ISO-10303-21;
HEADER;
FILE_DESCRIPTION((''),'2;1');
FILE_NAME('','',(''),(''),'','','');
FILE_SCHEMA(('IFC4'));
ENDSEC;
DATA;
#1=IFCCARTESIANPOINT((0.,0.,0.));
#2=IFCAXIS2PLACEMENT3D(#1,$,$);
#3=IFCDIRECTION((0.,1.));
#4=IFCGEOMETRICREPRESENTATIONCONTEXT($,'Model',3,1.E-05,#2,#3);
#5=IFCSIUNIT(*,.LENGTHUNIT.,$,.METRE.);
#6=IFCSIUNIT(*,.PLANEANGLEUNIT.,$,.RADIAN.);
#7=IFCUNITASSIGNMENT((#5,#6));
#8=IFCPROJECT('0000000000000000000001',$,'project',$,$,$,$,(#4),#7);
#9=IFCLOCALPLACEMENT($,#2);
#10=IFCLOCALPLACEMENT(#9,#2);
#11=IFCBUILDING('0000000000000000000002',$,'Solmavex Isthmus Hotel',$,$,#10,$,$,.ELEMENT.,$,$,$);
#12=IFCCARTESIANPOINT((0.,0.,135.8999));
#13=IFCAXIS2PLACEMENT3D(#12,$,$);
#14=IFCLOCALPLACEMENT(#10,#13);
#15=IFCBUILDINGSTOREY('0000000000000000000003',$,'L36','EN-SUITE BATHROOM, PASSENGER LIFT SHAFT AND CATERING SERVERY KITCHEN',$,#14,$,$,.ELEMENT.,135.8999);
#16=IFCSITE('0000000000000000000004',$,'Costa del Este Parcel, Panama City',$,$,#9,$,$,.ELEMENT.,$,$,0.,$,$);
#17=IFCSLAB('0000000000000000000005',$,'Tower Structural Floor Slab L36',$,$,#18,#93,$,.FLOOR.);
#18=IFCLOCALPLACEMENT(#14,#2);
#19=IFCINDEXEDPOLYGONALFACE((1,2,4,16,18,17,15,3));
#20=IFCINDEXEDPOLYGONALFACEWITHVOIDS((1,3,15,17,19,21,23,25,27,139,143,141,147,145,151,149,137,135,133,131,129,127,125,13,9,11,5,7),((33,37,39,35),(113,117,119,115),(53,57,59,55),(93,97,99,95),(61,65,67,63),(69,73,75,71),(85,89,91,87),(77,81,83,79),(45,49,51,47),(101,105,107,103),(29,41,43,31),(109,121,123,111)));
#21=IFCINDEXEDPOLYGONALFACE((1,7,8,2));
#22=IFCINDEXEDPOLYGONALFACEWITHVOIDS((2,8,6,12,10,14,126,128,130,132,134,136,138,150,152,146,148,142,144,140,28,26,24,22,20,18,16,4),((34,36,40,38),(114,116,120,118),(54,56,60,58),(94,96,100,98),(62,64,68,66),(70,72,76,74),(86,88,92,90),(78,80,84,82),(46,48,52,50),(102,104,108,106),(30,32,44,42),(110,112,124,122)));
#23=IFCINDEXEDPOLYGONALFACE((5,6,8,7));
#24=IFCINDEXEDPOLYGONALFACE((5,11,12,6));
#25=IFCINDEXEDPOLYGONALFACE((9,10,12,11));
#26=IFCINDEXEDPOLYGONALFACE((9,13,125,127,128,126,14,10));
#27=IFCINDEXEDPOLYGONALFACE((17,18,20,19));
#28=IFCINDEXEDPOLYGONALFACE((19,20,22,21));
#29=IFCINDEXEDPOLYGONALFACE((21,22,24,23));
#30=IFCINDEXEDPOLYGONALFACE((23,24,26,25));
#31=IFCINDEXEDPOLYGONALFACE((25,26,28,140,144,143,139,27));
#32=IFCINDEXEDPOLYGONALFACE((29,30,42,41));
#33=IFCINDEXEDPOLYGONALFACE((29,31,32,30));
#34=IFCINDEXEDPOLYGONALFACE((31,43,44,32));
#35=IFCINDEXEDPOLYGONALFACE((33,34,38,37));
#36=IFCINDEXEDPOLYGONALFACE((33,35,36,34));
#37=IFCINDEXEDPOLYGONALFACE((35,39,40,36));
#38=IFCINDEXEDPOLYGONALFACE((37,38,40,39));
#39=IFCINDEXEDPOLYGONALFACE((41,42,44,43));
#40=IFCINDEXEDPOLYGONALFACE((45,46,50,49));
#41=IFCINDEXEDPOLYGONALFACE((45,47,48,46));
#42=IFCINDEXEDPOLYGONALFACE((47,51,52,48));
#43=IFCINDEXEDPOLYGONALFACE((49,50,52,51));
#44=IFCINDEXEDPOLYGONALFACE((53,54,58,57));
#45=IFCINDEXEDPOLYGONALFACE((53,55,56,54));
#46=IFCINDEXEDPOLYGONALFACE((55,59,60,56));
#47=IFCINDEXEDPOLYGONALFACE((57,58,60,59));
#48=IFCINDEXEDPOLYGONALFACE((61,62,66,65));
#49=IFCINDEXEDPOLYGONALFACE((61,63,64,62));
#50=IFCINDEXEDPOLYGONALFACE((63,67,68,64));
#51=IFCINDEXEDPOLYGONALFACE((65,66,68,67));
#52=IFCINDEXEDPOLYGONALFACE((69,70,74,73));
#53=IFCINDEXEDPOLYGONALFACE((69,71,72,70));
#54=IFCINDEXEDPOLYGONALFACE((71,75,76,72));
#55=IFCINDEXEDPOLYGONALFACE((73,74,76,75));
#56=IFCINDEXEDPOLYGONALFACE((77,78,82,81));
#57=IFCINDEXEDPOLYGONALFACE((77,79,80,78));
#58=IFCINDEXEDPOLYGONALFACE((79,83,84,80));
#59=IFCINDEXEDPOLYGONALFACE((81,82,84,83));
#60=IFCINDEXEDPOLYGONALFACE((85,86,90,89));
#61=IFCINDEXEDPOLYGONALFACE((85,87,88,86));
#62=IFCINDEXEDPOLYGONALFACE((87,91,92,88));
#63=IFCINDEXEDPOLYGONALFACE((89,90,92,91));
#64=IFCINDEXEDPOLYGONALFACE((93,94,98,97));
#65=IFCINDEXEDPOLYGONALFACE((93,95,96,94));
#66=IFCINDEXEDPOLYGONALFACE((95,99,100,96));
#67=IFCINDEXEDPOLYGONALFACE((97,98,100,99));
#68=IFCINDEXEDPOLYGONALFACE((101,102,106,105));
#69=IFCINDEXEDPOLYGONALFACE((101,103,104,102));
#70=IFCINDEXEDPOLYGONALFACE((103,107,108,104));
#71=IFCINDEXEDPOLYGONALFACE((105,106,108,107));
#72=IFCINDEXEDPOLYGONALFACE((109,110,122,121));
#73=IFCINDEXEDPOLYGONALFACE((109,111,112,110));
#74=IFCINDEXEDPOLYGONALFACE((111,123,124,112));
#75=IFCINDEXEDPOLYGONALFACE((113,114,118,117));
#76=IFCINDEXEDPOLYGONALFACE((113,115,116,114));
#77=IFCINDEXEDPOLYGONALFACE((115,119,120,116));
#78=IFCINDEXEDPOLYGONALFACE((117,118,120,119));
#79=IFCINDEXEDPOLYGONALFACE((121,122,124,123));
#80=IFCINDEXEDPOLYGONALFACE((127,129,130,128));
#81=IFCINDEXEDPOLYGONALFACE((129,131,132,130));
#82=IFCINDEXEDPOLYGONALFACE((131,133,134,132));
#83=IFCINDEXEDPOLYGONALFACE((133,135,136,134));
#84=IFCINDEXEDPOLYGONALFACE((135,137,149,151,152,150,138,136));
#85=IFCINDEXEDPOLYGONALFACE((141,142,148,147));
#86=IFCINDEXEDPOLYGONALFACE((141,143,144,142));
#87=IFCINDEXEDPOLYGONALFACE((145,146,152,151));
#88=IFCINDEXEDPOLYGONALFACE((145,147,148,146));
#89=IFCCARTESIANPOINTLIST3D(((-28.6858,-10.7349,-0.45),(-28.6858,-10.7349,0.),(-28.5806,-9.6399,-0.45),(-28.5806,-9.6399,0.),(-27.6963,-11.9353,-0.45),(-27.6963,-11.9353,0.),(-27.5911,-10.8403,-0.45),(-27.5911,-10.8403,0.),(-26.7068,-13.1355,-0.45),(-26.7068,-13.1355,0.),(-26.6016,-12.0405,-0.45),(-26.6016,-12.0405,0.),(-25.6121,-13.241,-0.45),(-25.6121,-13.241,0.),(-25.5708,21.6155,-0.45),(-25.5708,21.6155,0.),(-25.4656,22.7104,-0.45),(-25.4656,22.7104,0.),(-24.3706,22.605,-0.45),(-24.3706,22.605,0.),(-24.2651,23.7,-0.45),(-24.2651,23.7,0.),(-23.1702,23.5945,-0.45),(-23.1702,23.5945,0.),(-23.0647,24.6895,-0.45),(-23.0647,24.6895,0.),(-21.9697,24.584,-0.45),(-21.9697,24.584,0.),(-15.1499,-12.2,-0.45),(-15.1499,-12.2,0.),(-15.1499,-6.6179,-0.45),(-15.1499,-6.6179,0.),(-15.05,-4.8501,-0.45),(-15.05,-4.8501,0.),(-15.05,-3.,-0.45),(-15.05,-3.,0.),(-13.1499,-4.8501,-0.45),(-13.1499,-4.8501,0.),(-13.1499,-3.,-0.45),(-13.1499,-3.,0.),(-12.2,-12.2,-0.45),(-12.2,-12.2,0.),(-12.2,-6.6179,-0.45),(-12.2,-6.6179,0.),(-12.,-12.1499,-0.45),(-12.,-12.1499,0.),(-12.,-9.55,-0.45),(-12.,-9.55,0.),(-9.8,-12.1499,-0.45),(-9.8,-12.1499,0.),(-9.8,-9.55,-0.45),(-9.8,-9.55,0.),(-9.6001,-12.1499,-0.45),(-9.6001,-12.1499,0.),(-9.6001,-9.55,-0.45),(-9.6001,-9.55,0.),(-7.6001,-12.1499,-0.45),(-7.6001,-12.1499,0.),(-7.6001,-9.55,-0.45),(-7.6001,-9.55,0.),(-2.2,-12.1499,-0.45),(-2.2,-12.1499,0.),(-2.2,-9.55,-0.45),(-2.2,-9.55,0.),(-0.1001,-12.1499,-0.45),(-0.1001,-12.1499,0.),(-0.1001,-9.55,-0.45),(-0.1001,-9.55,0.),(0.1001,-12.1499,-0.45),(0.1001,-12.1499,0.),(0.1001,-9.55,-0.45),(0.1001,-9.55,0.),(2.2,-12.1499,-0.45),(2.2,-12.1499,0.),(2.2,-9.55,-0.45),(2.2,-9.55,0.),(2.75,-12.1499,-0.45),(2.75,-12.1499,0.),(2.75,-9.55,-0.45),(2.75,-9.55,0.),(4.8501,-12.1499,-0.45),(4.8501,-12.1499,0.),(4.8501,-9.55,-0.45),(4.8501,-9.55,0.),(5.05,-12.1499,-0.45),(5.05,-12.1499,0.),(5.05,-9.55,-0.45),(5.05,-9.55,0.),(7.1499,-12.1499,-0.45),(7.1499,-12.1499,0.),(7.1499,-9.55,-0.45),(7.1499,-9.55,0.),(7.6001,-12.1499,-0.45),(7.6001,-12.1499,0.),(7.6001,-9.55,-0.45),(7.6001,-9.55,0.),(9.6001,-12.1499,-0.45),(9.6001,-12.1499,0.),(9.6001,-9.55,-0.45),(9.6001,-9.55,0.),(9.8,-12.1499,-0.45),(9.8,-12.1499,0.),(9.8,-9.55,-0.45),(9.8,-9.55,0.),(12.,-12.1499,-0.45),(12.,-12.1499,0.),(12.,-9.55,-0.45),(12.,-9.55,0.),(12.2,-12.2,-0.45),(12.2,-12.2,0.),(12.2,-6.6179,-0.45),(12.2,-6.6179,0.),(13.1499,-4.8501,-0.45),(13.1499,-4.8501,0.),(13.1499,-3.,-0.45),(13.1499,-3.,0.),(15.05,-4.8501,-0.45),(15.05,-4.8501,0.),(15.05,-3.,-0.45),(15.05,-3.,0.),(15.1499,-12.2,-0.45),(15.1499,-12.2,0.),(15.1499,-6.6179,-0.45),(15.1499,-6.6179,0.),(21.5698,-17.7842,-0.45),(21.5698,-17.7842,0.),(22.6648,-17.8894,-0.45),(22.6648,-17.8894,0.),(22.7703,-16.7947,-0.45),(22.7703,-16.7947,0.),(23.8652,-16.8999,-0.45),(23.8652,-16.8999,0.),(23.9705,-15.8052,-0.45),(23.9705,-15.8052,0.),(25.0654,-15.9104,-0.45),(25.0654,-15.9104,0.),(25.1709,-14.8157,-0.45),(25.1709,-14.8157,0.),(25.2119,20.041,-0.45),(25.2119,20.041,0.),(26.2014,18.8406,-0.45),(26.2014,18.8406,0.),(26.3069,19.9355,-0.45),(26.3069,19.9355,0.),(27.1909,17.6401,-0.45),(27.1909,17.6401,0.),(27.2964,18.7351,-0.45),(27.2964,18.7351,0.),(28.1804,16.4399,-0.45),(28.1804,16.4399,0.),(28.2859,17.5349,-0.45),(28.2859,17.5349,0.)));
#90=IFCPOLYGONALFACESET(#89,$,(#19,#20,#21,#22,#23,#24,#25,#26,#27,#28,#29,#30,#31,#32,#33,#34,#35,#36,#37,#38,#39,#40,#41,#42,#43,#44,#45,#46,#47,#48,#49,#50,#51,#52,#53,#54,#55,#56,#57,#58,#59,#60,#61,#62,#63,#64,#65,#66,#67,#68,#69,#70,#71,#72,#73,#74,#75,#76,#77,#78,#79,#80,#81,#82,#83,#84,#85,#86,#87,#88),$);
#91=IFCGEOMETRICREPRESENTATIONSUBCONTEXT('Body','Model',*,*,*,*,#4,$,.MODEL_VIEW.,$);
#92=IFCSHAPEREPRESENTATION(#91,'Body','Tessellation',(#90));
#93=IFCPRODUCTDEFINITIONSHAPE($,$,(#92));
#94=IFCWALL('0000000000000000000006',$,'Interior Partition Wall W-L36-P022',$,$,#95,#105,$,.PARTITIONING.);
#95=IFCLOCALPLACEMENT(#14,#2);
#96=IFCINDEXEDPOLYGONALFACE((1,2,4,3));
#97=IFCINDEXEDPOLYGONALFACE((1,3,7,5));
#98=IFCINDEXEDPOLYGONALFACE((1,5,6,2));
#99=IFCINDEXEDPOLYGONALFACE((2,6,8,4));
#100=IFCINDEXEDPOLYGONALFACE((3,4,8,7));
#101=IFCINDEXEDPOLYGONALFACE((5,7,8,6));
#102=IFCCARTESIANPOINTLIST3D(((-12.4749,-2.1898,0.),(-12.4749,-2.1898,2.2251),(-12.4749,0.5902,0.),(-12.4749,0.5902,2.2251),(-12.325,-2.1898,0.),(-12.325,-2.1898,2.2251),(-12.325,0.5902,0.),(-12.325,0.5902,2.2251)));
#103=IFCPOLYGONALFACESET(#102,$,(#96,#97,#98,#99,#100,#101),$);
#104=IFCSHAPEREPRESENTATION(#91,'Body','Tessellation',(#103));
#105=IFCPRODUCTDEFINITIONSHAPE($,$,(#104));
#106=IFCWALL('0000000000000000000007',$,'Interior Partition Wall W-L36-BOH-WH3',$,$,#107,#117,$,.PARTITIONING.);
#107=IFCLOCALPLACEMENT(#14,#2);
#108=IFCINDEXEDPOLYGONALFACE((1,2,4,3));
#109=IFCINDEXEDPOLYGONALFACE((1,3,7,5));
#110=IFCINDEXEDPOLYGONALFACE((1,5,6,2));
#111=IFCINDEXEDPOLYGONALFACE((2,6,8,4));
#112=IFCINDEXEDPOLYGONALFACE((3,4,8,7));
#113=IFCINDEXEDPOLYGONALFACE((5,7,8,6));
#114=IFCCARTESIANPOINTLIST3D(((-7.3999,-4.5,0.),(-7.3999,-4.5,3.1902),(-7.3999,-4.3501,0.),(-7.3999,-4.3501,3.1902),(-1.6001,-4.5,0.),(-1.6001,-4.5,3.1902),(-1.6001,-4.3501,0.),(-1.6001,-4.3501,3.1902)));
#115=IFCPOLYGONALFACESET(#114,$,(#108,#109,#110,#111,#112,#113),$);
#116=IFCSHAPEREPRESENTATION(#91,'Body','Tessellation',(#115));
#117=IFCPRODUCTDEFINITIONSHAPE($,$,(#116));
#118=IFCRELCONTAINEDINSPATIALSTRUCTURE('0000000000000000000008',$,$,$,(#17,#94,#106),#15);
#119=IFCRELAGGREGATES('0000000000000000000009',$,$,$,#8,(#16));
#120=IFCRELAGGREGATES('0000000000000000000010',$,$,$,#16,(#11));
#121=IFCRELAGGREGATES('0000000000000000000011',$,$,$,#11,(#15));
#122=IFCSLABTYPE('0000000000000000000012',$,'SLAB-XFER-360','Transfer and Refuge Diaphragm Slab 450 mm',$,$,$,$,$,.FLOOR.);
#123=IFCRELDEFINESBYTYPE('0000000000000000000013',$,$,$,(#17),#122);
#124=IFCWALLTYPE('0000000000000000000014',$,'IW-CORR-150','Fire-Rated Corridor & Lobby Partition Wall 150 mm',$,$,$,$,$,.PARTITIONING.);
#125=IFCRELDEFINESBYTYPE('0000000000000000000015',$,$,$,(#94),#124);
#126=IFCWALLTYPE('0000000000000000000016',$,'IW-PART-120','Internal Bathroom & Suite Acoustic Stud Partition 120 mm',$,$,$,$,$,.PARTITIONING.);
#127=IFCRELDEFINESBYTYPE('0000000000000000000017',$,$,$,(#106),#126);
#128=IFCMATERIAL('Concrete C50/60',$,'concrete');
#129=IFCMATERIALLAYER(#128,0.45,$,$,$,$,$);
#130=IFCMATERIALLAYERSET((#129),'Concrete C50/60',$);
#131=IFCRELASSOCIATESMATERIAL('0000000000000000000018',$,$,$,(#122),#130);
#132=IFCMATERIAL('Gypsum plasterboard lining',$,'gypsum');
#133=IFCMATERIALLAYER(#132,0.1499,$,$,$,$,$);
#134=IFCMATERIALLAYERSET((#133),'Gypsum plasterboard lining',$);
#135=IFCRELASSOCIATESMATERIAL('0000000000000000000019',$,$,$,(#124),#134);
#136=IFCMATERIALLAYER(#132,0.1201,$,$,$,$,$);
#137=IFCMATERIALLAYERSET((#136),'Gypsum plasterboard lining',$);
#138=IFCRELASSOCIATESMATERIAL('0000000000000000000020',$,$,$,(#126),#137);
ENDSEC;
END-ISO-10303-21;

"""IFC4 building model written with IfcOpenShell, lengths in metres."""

from ifc_helpers import new_model, si_unit, direction, frame, frame_2d, origin, place, context, subcontext, project, spatial, polyline, rectangle, outline, extrude, material, layer, layer_set, type_object, element, save


model = new_model("IFC4")

# Units and contexts
model_context = context("Model", 3, precision=1e-05, world=origin(), true_north=direction((0.0, 1.0)))
body_context = subcontext(model_context, "Body", "Model", "MODEL_VIEW")
ifc_project = project(units=[si_unit("LENGTHUNIT", "METRE"), si_unit("PLANEANGLEUNIT", "RADIAN")], contexts=[model_context])

# Site, building, storey
site_placement = place(None, origin())
site = spatial("IfcSite", under=ifc_project, at=site_placement, Name="Costa del Este Parcel, Panama City", CompositionType="ELEMENT", RefElevation=0.0)
building_placement = place(site_placement, origin())
building = spatial("IfcBuilding", under=site, at=building_placement, Name="Solmavex Isthmus Hotel", CompositionType="ELEMENT")
storey_placement = place(building_placement, frame((0.0, 0.0, 135.8999)))
storey = spatial("IfcBuildingStorey", under=building, at=storey_placement, Name="L36", Description="EN-SUITE BATHROOM, PASSENGER LIFT SHAFT AND CATERING SERVERY KITCHEN", CompositionType="ELEMENT", Elevation=135.8999)

# Slab
ifc_material_1 = material(Name="Concrete C50/60", Category="concrete")
ifc_layer_1 = layer(ifc_material_1, 0.45)
ifc_layer_set_1 = layer_set([ifc_layer_1], Name="Concrete C50/60")
slab_type_1 = type_object("IfcSlabType", Name="SLAB-XFER-360", Description="Transfer and Refuge Diaphragm Slab 450 mm", PredefinedType="FLOOR", material=ifc_layer_set_1)
slab_1_placement = place(storey_placement, frame((0.0, 0.0, -0.45)))
element("IfcSlab", 1, at=slab_1_placement, inside=storey, type_object=slab_type_1, Name="Tower Structural Floor Slab L36", PredefinedType="FLOOR", context=body_context, shape_type="SweptSolid", body=[
    extrude(outline(polyline([(-25.6121, -13.241), (21.5698, -17.7842), (22.6648, -17.8894), (22.7703, -16.7947), (23.8652, -16.8999), (23.9705, -15.8052), (25.0654, -15.9104), (25.1709, -14.8157), (28.1804, 16.4399), (28.2859, 17.5349), (27.1909, 17.6401), (27.2964, 18.7351), (26.2014, 18.8406), (26.3069, 19.9355), (25.2119, 20.041), (-21.9697, 24.584), (-23.0647, 24.6895), (-23.1702, 23.5945), (-24.2651, 23.7), (-24.3706, 22.605), (-25.4656, 22.7104), (-25.5708, 21.6155), (-28.5806, -9.6399), (-28.6858, -10.7349), (-27.5911, -10.8403), (-27.6963, -11.9353), (-26.6016, -12.0405), (-26.7068, -13.1355), (-25.6121, -13.241)]), holes=[polyline([(-15.1499, -6.6179), (-15.1499, -12.2), (-12.2, -12.2), (-12.2, -6.6179), (-15.1499, -6.6179)]), polyline([(12.2, -6.6179), (12.2, -12.2), (15.1499, -12.2), (15.1499, -6.6179), (12.2, -6.6179)]), polyline([(-12.0, -12.1499), (-9.8, -12.1499), (-9.8, -9.55), (-12.0, -9.55), (-12.0, -12.1499)]), polyline([(9.8, -12.1499), (12.0, -12.1499), (12.0, -9.55), (9.8, -9.55), (9.8, -12.1499)]), polyline([(-9.6001, -12.1499), (-7.6001, -12.1499), (-7.6001, -9.55), (-9.6001, -9.55), (-9.6001, -12.1499)]), polyline([(7.6001, -12.1499), (9.6001, -12.1499), (9.6001, -9.55), (7.6001, -9.55), (7.6001, -12.1499)]), polyline([(-2.2, -12.1499), (-0.1001, -12.1499), (-0.1001, -9.55), (-2.2, -9.55), (-2.2, -12.1499)]), polyline([(0.1001, -12.1499), (2.2, -12.1499), (2.2, -9.55), (0.1001, -9.55), (0.1001, -12.1499)]), polyline([(2.75, -12.1499), (4.8501, -12.1499), (4.8501, -9.55), (2.75, -9.55), (2.75, -12.1499)]), polyline([(5.05, -12.1499), (7.1499, -12.1499), (7.1499, -9.55), (5.05, -9.55), (5.05, -12.1499)]), polyline([(-15.05, -4.8501), (-13.1499, -4.8501), (-13.1499, -3.0), (-15.05, -3.0), (-15.05, -4.8501)]), polyline([(13.1499, -4.8501), (15.05, -4.8501), (15.05, -3.0), (13.1499, -3.0), (13.1499, -4.8501)])]), origin(), (0.0, 0.0, 1.0), 0.45),
])

# Walls
ifc_material_2 = material(Name="Gypsum plasterboard lining", Category="gypsum")
ifc_layer_2 = layer(ifc_material_2, 0.1499)
ifc_layer_set_2 = layer_set([ifc_layer_2], Name="Gypsum plasterboard lining")
wall_type_1 = type_object("IfcWallType", Name="IW-CORR-150", Description="Fire-Rated Corridor & Lobby Partition Wall 150 mm", PredefinedType="PARTITIONING", material=ifc_layer_set_2)
wall_1_placement = place(storey_placement, frame((-12.3999, -2.1899, 0.0), z_axis=(0.0, 0.0, 1.0), x_axis=(0.0, 1.0, 0.0)))
element("IfcWall", 2, at=wall_1_placement, inside=storey, type_object=wall_type_1, Name="Interior Partition Wall W-L36-P022", PredefinedType="PARTITIONING", context=body_context, shape_type="SweptSolid", body=[
    extrude(rectangle(XDim=2.78, YDim=0.1499, at=frame_2d((1.3901, 0.0))), origin(), (0.0, 0.0, 1.0), 2.2251),
])
ifc_layer_3 = layer(ifc_material_2, 0.1201)
ifc_layer_set_3 = layer_set([ifc_layer_3], Name="Gypsum plasterboard lining")
wall_type_2 = type_object("IfcWallType", Name="IW-PART-120", Description="Internal Bathroom & Suite Acoustic Stud Partition 120 mm", PredefinedType="PARTITIONING", material=ifc_layer_set_3)
wall_2_placement = place(storey_placement, frame((-7.3999, -4.425, 0.0), z_axis=(0.0, 0.0, 1.0), x_axis=(1.0, 0.0, 0.0)))
element("IfcWall", 3, at=wall_2_placement, inside=storey, type_object=wall_type_2, Name="Interior Partition Wall W-L36-BOH-WH3", PredefinedType="PARTITIONING", context=body_context, shape_type="SweptSolid", body=[
    extrude(rectangle(XDim=5.7998, YDim=0.1499, at=frame_2d((2.8999, 0.0))), origin(), (0.0, 0.0, 1.0), 3.1902),
])

save(model, "model.ifc")
